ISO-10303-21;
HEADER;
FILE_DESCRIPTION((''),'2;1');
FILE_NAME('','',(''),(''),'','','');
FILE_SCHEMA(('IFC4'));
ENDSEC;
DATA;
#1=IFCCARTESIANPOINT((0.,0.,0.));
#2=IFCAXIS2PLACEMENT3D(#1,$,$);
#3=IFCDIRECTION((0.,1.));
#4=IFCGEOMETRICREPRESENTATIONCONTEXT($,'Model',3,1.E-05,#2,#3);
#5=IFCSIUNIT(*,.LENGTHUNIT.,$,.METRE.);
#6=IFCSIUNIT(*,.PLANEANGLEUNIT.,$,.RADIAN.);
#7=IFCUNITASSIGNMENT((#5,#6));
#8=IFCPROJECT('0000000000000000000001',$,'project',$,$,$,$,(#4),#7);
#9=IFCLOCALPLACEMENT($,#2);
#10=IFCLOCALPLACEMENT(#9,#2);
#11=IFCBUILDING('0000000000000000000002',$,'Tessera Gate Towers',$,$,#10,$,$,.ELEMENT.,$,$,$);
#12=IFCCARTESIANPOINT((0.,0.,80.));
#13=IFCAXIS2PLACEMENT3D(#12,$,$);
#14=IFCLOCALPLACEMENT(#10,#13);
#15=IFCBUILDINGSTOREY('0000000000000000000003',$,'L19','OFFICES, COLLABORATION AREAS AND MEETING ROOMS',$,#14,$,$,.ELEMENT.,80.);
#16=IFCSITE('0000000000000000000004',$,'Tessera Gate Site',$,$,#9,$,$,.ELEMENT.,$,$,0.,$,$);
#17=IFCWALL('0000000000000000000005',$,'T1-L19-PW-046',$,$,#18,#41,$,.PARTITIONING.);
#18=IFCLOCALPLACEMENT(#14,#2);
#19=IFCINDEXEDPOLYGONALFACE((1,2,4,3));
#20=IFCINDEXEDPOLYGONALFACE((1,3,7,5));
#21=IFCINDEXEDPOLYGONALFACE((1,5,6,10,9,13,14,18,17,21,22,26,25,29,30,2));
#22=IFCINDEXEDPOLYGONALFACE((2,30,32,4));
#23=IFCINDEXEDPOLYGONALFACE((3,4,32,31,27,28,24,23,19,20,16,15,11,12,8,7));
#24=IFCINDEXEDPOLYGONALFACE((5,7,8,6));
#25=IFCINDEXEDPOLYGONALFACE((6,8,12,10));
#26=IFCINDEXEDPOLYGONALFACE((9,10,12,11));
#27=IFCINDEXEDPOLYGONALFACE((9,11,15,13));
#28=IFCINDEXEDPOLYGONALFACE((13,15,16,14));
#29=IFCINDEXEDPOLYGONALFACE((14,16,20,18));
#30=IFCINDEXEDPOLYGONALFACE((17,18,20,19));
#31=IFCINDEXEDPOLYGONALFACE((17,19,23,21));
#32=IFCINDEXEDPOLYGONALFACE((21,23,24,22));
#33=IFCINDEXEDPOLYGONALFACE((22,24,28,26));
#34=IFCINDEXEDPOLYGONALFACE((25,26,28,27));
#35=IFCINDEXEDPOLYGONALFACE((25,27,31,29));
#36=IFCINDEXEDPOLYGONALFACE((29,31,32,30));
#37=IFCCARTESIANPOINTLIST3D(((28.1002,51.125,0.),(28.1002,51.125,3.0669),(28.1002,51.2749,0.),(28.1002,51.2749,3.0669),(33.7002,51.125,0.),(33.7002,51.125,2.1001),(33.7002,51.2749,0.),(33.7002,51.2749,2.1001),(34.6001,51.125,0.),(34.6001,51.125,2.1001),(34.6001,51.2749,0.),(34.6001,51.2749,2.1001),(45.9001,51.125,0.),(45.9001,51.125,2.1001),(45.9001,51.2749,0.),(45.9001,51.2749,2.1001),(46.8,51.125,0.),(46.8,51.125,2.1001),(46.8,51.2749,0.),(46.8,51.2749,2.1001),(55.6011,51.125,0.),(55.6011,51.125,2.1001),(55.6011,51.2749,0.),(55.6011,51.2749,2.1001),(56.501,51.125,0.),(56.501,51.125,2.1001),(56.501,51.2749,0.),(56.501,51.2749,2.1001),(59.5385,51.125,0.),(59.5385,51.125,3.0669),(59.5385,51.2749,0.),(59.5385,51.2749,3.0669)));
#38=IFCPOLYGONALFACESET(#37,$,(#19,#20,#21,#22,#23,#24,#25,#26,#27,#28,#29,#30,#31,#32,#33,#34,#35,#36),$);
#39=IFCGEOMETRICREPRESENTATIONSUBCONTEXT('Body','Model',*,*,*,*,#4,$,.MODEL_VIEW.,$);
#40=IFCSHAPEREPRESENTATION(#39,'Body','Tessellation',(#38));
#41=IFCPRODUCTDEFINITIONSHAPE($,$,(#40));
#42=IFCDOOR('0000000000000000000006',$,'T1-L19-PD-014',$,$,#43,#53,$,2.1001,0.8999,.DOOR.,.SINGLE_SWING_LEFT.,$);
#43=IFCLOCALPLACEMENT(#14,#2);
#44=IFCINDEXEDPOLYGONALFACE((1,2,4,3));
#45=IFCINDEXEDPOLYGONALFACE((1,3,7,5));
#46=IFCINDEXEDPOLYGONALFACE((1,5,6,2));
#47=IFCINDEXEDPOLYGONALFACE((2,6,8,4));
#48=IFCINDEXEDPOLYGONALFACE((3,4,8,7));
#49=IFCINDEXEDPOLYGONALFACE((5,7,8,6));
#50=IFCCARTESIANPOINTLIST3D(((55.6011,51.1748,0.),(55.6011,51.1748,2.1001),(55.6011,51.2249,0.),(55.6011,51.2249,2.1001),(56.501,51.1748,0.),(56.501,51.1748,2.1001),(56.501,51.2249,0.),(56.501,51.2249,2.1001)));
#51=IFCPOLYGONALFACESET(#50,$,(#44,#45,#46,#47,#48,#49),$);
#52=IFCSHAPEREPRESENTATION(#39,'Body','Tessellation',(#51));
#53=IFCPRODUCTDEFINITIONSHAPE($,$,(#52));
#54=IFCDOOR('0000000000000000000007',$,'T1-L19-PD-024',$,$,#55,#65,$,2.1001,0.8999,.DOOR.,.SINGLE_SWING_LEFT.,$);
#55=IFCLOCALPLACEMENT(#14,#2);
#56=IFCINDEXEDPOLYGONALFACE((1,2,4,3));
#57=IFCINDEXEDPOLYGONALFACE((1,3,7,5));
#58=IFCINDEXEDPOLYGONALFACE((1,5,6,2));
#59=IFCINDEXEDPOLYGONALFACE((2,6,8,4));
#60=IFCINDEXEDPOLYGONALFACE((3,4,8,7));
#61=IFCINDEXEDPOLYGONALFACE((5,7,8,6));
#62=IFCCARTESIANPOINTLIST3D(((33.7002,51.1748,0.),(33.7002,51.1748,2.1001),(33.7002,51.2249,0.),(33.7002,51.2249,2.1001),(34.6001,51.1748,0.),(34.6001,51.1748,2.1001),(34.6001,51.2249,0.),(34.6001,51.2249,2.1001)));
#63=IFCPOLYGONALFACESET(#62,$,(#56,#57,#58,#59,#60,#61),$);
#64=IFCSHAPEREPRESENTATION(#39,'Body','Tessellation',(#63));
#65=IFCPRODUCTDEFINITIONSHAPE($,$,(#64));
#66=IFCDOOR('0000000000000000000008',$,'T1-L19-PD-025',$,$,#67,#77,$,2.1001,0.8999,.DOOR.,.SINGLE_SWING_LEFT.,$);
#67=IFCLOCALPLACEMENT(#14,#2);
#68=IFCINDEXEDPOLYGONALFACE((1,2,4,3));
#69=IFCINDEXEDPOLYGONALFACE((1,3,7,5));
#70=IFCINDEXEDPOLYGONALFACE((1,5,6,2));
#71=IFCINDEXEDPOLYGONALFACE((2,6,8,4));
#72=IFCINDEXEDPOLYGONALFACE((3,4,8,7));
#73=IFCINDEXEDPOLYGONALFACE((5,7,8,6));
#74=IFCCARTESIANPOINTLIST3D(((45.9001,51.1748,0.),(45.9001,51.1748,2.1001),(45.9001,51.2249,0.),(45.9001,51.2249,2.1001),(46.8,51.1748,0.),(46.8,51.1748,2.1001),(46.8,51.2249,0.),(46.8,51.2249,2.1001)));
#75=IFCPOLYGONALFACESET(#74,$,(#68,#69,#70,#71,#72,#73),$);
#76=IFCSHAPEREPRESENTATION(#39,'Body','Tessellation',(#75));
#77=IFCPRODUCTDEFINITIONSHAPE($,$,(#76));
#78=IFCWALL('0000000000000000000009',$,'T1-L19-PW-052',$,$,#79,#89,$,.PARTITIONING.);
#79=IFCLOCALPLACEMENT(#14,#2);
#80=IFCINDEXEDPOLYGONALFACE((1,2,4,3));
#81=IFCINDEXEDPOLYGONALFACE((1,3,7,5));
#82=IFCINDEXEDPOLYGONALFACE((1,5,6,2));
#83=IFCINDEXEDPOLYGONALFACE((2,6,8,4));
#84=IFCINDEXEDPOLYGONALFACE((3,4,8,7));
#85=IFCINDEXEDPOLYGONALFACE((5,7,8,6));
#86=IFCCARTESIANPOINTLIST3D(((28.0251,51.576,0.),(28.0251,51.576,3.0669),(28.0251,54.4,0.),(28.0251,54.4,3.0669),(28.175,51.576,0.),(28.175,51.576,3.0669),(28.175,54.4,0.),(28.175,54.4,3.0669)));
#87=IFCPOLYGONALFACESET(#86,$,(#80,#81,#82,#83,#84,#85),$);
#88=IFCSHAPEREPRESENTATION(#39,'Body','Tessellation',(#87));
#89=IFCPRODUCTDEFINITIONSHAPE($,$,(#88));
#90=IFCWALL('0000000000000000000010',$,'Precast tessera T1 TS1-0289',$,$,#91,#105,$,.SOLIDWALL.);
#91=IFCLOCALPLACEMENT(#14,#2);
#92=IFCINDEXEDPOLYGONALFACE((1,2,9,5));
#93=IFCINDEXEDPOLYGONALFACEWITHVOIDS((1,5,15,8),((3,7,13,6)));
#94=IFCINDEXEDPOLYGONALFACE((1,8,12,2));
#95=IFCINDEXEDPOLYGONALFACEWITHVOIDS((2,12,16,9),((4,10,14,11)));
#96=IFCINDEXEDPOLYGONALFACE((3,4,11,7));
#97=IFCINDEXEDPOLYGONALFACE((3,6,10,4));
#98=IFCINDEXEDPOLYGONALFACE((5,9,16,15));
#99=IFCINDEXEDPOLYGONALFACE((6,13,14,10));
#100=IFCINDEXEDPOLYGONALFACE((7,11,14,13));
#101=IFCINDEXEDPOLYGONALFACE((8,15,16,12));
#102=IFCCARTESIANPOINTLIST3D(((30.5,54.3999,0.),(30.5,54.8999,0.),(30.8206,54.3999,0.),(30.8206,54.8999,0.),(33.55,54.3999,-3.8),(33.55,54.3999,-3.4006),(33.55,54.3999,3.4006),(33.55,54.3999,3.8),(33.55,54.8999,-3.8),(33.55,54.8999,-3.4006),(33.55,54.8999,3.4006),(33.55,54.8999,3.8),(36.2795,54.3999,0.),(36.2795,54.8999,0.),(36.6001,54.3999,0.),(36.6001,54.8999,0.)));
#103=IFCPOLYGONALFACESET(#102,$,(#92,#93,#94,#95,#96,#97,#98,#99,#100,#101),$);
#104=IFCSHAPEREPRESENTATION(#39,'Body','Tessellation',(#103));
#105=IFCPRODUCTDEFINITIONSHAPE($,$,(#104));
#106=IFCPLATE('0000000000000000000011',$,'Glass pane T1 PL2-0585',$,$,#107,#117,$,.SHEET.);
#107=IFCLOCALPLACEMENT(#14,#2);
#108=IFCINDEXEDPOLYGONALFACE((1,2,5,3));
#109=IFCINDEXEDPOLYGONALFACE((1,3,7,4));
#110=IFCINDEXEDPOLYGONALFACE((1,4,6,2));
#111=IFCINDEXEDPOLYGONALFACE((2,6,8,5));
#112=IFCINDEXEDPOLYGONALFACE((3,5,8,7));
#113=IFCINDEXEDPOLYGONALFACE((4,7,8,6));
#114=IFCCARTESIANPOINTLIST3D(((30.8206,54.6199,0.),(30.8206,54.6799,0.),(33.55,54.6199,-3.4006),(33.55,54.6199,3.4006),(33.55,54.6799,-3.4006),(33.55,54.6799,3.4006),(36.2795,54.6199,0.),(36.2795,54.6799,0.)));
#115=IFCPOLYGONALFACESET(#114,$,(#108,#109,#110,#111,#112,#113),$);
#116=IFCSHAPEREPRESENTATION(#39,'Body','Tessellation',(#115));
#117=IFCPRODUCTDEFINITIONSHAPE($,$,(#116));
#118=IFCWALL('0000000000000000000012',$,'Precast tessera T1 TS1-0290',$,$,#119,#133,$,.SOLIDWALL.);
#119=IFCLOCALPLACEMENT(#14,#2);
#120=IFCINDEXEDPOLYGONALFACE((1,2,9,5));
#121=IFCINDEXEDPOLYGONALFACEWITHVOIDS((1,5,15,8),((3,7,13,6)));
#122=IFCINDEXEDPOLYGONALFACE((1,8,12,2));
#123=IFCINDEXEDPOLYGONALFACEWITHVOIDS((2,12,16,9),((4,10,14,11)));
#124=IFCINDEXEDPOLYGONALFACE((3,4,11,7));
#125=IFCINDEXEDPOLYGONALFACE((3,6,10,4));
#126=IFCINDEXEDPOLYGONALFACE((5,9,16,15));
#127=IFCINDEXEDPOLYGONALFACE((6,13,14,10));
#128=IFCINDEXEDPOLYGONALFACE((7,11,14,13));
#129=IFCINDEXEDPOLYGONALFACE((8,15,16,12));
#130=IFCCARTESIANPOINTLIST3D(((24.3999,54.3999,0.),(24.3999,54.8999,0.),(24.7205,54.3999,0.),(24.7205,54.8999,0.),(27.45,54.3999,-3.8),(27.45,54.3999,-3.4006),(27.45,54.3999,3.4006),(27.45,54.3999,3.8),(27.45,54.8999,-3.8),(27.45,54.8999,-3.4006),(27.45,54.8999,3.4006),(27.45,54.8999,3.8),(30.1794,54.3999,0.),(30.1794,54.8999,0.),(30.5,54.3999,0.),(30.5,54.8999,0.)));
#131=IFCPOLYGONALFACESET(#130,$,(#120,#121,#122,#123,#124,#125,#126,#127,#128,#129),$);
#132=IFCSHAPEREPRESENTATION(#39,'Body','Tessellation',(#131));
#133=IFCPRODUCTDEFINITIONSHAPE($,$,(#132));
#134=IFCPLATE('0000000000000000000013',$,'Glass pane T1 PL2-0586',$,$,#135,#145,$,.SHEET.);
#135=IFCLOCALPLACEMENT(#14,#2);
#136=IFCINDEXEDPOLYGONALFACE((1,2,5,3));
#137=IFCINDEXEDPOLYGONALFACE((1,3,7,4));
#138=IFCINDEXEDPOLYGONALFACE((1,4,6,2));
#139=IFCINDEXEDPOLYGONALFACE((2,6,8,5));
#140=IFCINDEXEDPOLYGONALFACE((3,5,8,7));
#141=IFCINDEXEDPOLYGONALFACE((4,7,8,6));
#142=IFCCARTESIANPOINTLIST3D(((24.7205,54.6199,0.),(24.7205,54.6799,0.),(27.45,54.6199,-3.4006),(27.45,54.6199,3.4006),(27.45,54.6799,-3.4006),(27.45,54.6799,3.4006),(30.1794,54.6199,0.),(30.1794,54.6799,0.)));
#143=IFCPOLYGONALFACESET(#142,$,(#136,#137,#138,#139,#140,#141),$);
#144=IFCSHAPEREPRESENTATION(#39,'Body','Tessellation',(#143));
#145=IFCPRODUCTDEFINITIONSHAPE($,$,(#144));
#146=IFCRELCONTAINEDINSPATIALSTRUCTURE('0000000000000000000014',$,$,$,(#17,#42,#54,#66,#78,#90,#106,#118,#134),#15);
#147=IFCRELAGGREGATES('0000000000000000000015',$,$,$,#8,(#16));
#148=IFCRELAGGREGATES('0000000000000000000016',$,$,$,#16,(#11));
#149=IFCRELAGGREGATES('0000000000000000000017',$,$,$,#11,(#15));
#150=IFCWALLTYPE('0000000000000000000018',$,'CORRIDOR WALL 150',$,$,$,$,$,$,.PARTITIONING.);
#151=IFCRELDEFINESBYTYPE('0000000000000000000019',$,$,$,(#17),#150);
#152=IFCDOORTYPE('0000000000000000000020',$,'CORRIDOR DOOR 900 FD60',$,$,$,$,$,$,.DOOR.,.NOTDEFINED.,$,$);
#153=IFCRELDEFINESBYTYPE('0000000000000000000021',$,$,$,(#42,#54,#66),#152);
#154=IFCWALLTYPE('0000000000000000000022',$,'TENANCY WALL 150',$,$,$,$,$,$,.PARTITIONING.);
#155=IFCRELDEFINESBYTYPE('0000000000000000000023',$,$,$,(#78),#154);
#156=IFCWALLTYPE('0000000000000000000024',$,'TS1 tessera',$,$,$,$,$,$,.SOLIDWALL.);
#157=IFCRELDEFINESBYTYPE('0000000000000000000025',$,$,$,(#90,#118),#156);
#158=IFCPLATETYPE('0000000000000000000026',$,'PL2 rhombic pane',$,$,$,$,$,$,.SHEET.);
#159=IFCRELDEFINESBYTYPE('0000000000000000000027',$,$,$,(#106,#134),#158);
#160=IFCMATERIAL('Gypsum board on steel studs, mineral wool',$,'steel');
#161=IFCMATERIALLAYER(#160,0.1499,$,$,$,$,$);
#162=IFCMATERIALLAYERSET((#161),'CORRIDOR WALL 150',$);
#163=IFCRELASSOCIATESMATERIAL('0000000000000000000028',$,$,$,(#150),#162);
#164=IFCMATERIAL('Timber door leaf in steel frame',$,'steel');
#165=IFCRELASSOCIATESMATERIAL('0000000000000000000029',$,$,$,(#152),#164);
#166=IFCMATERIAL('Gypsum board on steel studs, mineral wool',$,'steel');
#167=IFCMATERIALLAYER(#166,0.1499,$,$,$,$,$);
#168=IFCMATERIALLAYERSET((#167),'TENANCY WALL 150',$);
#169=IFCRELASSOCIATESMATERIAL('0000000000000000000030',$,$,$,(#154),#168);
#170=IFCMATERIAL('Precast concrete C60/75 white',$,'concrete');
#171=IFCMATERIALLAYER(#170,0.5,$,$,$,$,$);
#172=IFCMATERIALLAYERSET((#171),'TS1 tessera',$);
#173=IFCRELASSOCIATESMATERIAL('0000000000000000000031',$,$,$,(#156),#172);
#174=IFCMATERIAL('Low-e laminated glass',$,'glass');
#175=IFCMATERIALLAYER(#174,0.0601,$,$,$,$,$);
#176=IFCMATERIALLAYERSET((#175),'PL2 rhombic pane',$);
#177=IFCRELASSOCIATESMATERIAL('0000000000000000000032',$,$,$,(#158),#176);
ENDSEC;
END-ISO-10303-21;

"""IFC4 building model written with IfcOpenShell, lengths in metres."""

from ifc_helpers import new_model, si_unit, direction, frame, frame_2d, origin, place, context, subcontext, project, spatial, polyline, rectangle, outline, extrude, source, transform, mapped, material, layer, layer_set, type_object, element, fill, save


model = new_model("IFC4")

# Units and contexts
model_context = context("Model", 3, precision=1e-05, world=origin(), true_north=direction((0.0, 1.0)))
body_context = subcontext(model_context, "Body", "Model", "MODEL_VIEW")
ifc_project = project(units=[si_unit("LENGTHUNIT", "METRE"), si_unit("PLANEANGLEUNIT", "RADIAN")], contexts=[model_context])

# Site, building, storey
site_placement = place(None, origin())
site = spatial("IfcSite", under=ifc_project, at=site_placement, Name="Tessera Gate Site", CompositionType="ELEMENT", RefElevation=0.0)
building_placement = place(site_placement, origin())
building = spatial("IfcBuilding", under=site, at=building_placement, Name="Tessera Gate Towers", CompositionType="ELEMENT")
storey_placement = place(building_placement, frame((0.0, 0.0, 80.0)))
storey = spatial("IfcBuildingStorey", under=building, at=storey_placement, Name="L19", Description="OFFICES, COLLABORATION AREAS AND MEETING ROOMS", CompositionType="ELEMENT", Elevation=80.0)

# Shared definitions
ifc_material_1 = material(Name="Gypsum board on steel studs, mineral wool", Category="steel")
ifc_layer_1 = layer(ifc_material_1, 0.1499)
ifc_layer_set_1 = layer_set([ifc_layer_1], Name="CORRIDOR WALL 150")
wall_type_1 = type_object("IfcWallType", Name="CORRIDOR WALL 150", PredefinedType="PARTITIONING", material=ifc_layer_set_1)

# Wall, openings, doors
wall_1_placement = place(storey_placement, frame((28.1001, 51.2, 0.0), z_axis=(0.0, 0.0, 1.0), x_axis=(1.0, 0.0, 0.0)))
wall_1 = element("IfcWall", 1, at=wall_1_placement, inside=storey, type_object=wall_type_1, Name="T1-L19-PW-046", PredefinedType="PARTITIONING", context=body_context, shape_type="SweptSolid", body=[
    extrude(rectangle(XDim=31.4382, YDim=0.1499, at=frame_2d((15.7192, 0.0))), origin(), (0.0, 0.0, 1.0), 3.0669),
])
shared_shape_1 = source(origin(), body_context, "Body", "SweptSolid", [
    extrude(rectangle(XDim=0.8999, YDim=2.1001, at=frame_2d((0.45, 1.05))), frame((0.0, 0.085, 0.0), z_axis=(0.0, -1.0, 0.0), x_axis=(1.0, 0.0, 0.0)), (0.0, 0.0, 1.0), 0.1699),
])
opening_1_placement = place(wall_1_placement, frame((27.501, 0.0, 0.0)))
opening_1 = element("IfcOpeningElement", 2, at=opening_1_placement, cuts=wall_1, PredefinedType="OPENING", context=body_context, shape_type="MappedRepresentation", body=[
    mapped(shared_shape_1, transform((0.0, 0.0, 0.0), scale=1.0)),
])
opening_2_placement = place(wall_1_placement, frame((5.6001, 0.0, 0.0)))
opening_2 = element("IfcOpeningElement", 3, at=opening_2_placement, cuts=wall_1, PredefinedType="OPENING", context=body_context, shape_type="MappedRepresentation", body=[
    mapped(shared_shape_1, transform((0.0, 0.0, 0.0), scale=1.0)),
])
opening_3_placement = place(wall_1_placement, frame((17.8, 0.0, 0.0)))
opening_3 = element("IfcOpeningElement", 4, at=opening_3_placement, cuts=wall_1, PredefinedType="OPENING", context=body_context, shape_type="MappedRepresentation", body=[
    mapped(shared_shape_1, transform((0.0, 0.0, 0.0), scale=1.0)),
])
ifc_material_2 = material(Name="Timber door leaf in steel frame", Category="steel")
door_type = type_object("IfcDoorType", Name="CORRIDOR DOOR 900 FD60", OperationType="NOTDEFINED", PredefinedType="DOOR", material=ifc_material_2)
shared_shape_2 = source(origin(), body_context, "Body", "SweptSolid", [
    extrude(rectangle(XDim=0.8999, YDim=2.1001, at=frame_2d((0.45, 1.05))), frame((0.0, 0.0249, 0.0), z_axis=(0.0, -1.0, 0.0), x_axis=(1.0, 0.0, 0.0)), (0.0, 0.0, 1.0), 0.05),
])
door_1_placement = place(opening_1_placement, origin())
door_1 = element("IfcDoor", 5, at=door_1_placement, inside=storey, type_object=door_type, Name="T1-L19-PD-014", OperationType="SINGLE_SWING_LEFT", OverallHeight=2.1001, OverallWidth=0.8999, PredefinedType="DOOR", context=body_context, shape_type="MappedRepresentation", body=[
    mapped(shared_shape_2, transform((0.0, 0.0, 0.0), scale=1.0)),
])
fill(opening_1, door_1)
door_2_placement = place(opening_2_placement, origin())
door_2 = element("IfcDoor", 6, at=door_2_placement, inside=storey, type_object=door_type, Name="T1-L19-PD-024", OperationType="SINGLE_SWING_LEFT", OverallHeight=2.1001, OverallWidth=0.8999, PredefinedType="DOOR", context=body_context, shape_type="MappedRepresentation", body=[
    mapped(shared_shape_2, transform((0.0, 0.0, 0.0), scale=1.0)),
])
fill(opening_2, door_2)
door_3_placement = place(opening_3_placement, origin())
door_3 = element("IfcDoor", 7, at=door_3_placement, inside=storey, type_object=door_type, Name="T1-L19-PD-025", OperationType="SINGLE_SWING_LEFT", OverallHeight=2.1001, OverallWidth=0.8999, PredefinedType="DOOR", context=body_context, shape_type="MappedRepresentation", body=[
    mapped(shared_shape_2, transform((0.0, 0.0, 0.0), scale=1.0)),
])
fill(opening_3, door_3)

# Wall
ifc_material_3 = material(Name="Gypsum board on steel studs, mineral wool", Category="steel")
ifc_layer_2 = layer(ifc_material_3, 0.1499)
ifc_layer_set_2 = layer_set([ifc_layer_2], Name="TENANCY WALL 150")
wall_type_2 = type_object("IfcWallType", Name="TENANCY WALL 150", PredefinedType="PARTITIONING", material=ifc_layer_set_2)
wall_2_placement = place(storey_placement, frame((28.1001, 51.5759, 0.0), z_axis=(0.0, 0.0, 1.0), x_axis=(0.0, 1.0, 0.0)))
element("IfcWall", 8, at=wall_2_placement, inside=storey, type_object=wall_type_2, Name="T1-L19-PW-052", PredefinedType="PARTITIONING", context=body_context, shape_type="SweptSolid", body=[
    extrude(rectangle(XDim=2.824, YDim=0.1499, at=frame_2d((1.4121, 0.0))), origin(), (0.0, 0.0, 1.0), 3.0669),
])

# Walls, openings, plates
ifc_material_4 = material(Name="Precast concrete C60/75 white", Category="concrete")
ifc_layer_3 = layer(ifc_material_4, 0.5)
ifc_layer_set_3 = layer_set([ifc_layer_3], Name="TS1 tessera")
wall_type_3 = type_object("IfcWallType", Name="TS1 tessera", PredefinedType="SOLIDWALL", material=ifc_layer_set_3)
shared_shape_3 = source(origin(), body_context, "Body", "SweptSolid", [
    extrude(outline(polyline([(3.05, 0.0), (6.1001, 3.8), (3.05, 7.6001), (0.0, 3.8), (3.05, 0.0)])), frame((0.0, 0.25, 0.0), z_axis=(0.0, -1.0, 0.0), x_axis=(1.0, 0.0, 0.0)), (0.0, 0.0, 1.0), 0.5),
])
wall_3_placement = place(storey_placement, frame((36.6001, 54.6499, -3.8), z_axis=(0.0, 0.0, 1.0), x_axis=(-1.0, 0.0, 0.0)))
wall_3 = element("IfcWall", 9, at=wall_3_placement, inside=storey, type_object=wall_type_3, Name="Precast tessera T1 TS1-0289", PredefinedType="SOLIDWALL", context=body_context, shape_type="MappedRepresentation", body=[
    mapped(shared_shape_3, transform((0.0, 0.0, 0.0), scale=1.0)),
])
shared_shape_4 = source(origin(), body_context, "Body", "SweptSolid", [
    extrude(outline(polyline([(3.05, 0.3994), (5.7795, 3.8), (3.05, 7.2007), (0.3206, 3.8), (3.05, 0.3994)])), frame((0.0, 0.26, 0.0), z_axis=(0.0, -1.0, 0.0), x_axis=(1.0, 0.0, 0.0)), (0.0, 0.0, 1.0), 0.52),
])
opening_4_placement = place(wall_3_placement, origin())
opening_4 = element("IfcOpeningElement", 10, at=opening_4_placement, cuts=wall_3, PredefinedType="OPENING", context=body_context, shape_type="MappedRepresentation", body=[
    mapped(shared_shape_4, transform((0.0, 0.0, 0.0), scale=1.0)),
])
ifc_material_5 = material(Name="Low-e laminated glass", Category="glass")
ifc_layer_4 = layer(ifc_material_5, 0.0601)
ifc_layer_set_4 = layer_set([ifc_layer_4], Name="PL2 rhombic pane")
plate_type = type_object("IfcPlateType", Name="PL2 rhombic pane", PredefinedType="SHEET", material=ifc_layer_set_4)
shared_shape_5 = source(origin(), body_context, "Body", "SweptSolid", [
    extrude(outline(polyline([(3.05, 0.3994), (5.7795, 3.8), (3.05, 7.2007), (0.3206, 3.8), (3.05, 0.3994)])), frame((0.0, 0.03, 0.0), z_axis=(0.0, -1.0, 0.0), x_axis=(1.0, 0.0, 0.0)), (0.0, 0.0, 1.0), 0.0601),
])
plate_1_placement = place(opening_4_placement, origin())
plate_1 = element("IfcPlate", 11, at=plate_1_placement, inside=storey, type_object=plate_type, Name="Glass pane T1 PL2-0585", PredefinedType="SHEET", context=body_context, shape_type="MappedRepresentation", body=[
    mapped(shared_shape_5, transform((0.0, 0.0, 0.0), scale=1.0)),
])
fill(opening_4, plate_1)
wall_4_placement = place(storey_placement, frame((30.5, 54.6499, -3.8), z_axis=(0.0, 0.0, 1.0), x_axis=(-1.0, 0.0, 0.0)))
wall_4 = element("IfcWall", 12, at=wall_4_placement, inside=storey, type_object=wall_type_3, Name="Precast tessera T1 TS1-0290", PredefinedType="SOLIDWALL", context=body_context, shape_type="MappedRepresentation", body=[
    mapped(shared_shape_3, transform((0.0, 0.0, 0.0), scale=1.0)),
])
opening_5_placement = place(wall_4_placement, origin())
opening_5 = element("IfcOpeningElement", 13, at=opening_5_placement, cuts=wall_4, PredefinedType="OPENING", context=body_context, shape_type="MappedRepresentation", body=[
    mapped(shared_shape_4, transform((0.0, 0.0, 0.0), scale=1.0)),
])
plate_2_placement = place(opening_5_placement, origin())
plate_2 = element("IfcPlate", 14, at=plate_2_placement, inside=storey, type_object=plate_type, Name="Glass pane T1 PL2-0586", PredefinedType="SHEET", context=body_context, shape_type="MappedRepresentation", body=[
    mapped(shared_shape_5, transform((0.0, 0.0, 0.0), scale=1.0)),
])
fill(opening_5, plate_2)

save(model, "model.ifc")
